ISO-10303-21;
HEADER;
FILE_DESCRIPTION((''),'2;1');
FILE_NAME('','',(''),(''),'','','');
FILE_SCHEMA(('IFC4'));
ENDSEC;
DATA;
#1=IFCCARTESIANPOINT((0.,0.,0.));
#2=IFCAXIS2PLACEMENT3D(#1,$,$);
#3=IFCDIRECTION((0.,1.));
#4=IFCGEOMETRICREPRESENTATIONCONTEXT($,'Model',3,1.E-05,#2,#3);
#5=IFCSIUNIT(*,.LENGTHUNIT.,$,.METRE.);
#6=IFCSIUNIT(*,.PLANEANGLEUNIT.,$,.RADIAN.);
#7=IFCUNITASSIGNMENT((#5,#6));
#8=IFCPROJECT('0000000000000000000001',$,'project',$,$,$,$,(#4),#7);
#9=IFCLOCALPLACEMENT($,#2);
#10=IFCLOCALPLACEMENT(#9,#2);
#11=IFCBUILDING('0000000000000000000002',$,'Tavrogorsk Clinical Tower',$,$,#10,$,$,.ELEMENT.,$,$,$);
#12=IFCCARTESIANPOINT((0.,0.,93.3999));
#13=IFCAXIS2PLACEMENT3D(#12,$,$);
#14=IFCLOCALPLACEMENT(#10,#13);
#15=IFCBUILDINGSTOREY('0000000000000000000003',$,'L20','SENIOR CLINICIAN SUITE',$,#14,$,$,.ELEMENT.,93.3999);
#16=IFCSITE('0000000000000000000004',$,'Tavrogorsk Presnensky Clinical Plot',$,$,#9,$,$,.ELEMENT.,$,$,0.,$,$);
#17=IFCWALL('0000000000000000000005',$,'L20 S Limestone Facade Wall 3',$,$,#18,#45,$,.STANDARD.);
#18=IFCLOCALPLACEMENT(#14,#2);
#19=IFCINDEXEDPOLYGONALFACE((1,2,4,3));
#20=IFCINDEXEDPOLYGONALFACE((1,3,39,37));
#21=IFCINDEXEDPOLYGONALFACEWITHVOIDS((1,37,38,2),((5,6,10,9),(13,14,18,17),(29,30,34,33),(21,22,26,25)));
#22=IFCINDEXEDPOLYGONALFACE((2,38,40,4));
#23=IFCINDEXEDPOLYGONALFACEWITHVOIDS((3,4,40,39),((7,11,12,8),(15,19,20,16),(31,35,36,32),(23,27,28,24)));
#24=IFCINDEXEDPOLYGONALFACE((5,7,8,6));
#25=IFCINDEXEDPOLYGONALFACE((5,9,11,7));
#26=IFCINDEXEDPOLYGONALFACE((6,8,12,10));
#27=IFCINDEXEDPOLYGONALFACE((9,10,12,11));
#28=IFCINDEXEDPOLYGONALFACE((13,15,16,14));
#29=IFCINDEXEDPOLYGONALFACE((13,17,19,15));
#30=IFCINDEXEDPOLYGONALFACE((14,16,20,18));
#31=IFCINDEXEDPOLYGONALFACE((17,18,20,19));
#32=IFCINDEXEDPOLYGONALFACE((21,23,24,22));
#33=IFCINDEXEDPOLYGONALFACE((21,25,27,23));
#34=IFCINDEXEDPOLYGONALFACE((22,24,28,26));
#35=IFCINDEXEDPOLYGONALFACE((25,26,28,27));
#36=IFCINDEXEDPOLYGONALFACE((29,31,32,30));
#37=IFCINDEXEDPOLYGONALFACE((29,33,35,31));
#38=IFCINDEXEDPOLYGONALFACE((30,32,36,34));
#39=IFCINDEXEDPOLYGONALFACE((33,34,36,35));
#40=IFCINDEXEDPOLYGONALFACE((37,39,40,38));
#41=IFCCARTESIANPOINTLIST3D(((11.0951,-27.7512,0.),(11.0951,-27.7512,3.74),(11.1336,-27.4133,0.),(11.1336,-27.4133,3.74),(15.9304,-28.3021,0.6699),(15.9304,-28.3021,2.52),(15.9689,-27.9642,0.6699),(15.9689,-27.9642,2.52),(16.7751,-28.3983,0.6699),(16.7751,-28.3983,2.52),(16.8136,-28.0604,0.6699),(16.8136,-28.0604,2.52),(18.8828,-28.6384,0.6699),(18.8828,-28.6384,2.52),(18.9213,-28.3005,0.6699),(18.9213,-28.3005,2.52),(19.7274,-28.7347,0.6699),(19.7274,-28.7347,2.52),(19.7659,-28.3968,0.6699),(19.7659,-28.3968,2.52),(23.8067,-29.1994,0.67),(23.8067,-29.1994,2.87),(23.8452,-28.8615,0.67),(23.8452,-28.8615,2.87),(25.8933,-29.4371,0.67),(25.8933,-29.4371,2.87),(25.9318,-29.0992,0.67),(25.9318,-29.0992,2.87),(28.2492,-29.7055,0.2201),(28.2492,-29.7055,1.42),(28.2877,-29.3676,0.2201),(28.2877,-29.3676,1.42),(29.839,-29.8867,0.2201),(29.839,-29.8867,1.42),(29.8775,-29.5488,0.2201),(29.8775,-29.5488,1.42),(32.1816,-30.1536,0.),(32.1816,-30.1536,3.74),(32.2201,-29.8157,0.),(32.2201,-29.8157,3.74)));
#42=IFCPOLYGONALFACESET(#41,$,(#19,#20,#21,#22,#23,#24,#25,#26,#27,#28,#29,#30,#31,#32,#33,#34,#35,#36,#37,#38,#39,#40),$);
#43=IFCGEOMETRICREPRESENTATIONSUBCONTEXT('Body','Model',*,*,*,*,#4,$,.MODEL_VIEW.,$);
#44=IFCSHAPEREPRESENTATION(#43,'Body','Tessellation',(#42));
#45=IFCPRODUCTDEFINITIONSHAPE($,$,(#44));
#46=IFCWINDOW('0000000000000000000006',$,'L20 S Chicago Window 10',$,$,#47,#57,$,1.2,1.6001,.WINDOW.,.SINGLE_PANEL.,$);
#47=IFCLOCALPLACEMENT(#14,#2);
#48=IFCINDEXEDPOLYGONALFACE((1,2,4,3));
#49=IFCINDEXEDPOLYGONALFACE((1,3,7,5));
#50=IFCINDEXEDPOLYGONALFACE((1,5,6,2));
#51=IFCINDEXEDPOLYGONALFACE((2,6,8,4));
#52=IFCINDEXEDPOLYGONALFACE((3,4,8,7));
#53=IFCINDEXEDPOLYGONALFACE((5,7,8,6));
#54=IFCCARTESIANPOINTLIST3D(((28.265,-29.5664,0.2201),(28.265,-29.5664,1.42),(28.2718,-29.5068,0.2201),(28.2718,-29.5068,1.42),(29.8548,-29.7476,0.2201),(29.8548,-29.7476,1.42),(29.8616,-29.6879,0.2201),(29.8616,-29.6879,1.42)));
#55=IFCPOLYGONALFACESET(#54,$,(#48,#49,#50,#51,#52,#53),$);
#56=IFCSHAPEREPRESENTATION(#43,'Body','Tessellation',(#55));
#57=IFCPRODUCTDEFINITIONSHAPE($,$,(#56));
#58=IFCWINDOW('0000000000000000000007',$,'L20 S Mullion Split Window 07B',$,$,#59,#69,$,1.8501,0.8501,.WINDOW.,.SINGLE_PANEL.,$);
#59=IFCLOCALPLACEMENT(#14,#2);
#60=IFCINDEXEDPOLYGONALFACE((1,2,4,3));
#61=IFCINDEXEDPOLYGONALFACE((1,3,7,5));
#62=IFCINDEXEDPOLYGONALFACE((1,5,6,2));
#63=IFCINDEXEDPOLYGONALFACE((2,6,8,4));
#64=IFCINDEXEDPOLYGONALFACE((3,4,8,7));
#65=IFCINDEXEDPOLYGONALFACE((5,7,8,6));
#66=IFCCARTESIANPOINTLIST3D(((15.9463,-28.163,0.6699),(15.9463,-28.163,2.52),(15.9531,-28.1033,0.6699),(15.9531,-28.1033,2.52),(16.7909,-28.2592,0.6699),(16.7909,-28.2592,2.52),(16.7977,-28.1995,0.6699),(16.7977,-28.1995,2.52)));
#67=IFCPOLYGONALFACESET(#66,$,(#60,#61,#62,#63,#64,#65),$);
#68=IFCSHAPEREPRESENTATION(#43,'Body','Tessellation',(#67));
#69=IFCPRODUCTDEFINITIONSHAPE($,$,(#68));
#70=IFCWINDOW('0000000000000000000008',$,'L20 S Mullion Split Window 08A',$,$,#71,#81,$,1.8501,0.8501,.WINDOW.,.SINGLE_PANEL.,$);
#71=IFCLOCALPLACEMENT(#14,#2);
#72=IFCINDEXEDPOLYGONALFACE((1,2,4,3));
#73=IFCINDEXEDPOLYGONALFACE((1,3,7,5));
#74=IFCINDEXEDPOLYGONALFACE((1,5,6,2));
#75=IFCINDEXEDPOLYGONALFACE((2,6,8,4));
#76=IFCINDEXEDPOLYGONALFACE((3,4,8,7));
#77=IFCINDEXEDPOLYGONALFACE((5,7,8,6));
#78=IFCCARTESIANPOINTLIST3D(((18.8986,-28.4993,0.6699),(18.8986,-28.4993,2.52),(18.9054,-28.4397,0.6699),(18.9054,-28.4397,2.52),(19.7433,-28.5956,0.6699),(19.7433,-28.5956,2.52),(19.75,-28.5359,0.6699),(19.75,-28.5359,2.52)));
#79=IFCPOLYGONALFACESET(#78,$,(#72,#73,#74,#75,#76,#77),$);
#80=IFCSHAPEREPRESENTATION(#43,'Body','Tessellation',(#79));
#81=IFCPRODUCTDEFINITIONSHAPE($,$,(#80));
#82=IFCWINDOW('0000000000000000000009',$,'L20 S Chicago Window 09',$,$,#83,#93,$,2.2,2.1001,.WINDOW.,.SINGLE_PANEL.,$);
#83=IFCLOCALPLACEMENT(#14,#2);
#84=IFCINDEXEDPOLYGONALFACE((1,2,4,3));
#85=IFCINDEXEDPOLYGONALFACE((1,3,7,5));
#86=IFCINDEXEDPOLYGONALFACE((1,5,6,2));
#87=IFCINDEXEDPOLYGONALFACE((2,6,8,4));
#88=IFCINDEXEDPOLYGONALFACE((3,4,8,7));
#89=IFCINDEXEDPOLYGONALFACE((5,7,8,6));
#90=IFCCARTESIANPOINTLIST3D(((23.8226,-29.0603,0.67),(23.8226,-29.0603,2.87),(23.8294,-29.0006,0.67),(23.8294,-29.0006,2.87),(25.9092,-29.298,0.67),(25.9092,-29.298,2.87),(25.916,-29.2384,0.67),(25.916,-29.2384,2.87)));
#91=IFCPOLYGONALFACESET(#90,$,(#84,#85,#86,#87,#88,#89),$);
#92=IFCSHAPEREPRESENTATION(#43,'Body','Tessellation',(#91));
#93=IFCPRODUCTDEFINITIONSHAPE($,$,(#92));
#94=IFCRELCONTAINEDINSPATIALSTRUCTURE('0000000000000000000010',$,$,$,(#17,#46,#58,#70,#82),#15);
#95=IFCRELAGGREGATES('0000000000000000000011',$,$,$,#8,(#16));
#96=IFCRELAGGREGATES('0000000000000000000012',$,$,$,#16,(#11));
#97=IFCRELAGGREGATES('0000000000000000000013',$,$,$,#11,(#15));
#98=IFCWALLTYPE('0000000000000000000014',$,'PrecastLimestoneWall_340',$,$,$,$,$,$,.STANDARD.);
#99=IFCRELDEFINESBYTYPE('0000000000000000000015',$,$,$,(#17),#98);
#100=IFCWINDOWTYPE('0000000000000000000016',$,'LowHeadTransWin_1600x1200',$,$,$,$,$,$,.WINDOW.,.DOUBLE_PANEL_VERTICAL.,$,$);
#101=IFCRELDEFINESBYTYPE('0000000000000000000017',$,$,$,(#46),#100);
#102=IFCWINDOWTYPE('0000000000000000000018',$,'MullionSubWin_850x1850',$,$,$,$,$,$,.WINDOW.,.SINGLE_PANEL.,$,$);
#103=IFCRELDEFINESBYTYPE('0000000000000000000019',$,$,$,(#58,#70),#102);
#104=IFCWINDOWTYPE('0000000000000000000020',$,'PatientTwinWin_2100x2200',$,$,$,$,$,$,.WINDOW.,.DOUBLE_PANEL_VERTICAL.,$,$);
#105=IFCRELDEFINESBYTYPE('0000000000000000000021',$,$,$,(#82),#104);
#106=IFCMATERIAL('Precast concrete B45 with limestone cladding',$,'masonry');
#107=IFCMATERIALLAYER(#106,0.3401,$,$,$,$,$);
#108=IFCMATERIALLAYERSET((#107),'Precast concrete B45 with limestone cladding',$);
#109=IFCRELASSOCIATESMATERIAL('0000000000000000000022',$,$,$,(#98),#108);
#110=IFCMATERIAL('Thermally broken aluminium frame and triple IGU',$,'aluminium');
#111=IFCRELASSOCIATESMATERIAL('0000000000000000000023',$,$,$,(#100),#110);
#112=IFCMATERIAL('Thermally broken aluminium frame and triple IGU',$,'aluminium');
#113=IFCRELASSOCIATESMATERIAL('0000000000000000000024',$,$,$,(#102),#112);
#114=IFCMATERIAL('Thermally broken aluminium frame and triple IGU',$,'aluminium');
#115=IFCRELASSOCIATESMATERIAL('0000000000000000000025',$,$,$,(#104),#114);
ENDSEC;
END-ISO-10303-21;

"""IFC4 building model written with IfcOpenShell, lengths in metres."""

from ifc_helpers import new_model, si_unit, direction, frame, frame_2d, origin, place, context, subcontext, project, spatial, rectangle, extrude, material, layer, layer_set, type_object, element, fill, save


model = new_model("IFC4")

# Units and contexts
model_context = context("Model", 3, precision=1e-05, world=origin(), true_north=direction((0.0, 1.0)))
body_context = subcontext(model_context, "Body", "Model", "MODEL_VIEW")
ifc_project = project(units=[si_unit("LENGTHUNIT", "METRE"), si_unit("PLANEANGLEUNIT", "RADIAN")], contexts=[model_context])

# Site, building, storey
site_placement = place(None, origin())
site = spatial("IfcSite", under=ifc_project, at=site_placement, Name="Tavrogorsk Presnensky Clinical Plot", CompositionType="ELEMENT", RefElevation=0.0)
building_placement = place(site_placement, origin())
building = spatial("IfcBuilding", under=site, at=building_placement, Name="Tavrogorsk Clinical Tower", CompositionType="ELEMENT")
storey_placement = place(building_placement, frame((0.0, 0.0, 93.3999)))
storey = spatial("IfcBuildingStorey", under=building, at=storey_placement, Name="L20", Description="SENIOR CLINICIAN SUITE", CompositionType="ELEMENT", Elevation=93.3999)

# Wall, openings, windows
ifc_material_1 = material(Name="Precast concrete B45 with limestone cladding", Category="masonry")
ifc_layer_1 = layer(ifc_material_1, 0.3401)
ifc_layer_set_1 = layer_set([ifc_layer_1], Name="Precast concrete B45 with limestone cladding")
wall_type_1 = type_object("IfcWallType", Name="PrecastLimestoneWall_340", PredefinedType="STANDARD", material=ifc_layer_set_1)
wall_1_placement = place(storey_placement, frame((11.1145, -27.5823, 0.0), z_axis=(0.0, 0.0, 1.0), x_axis=(0.993573, -0.113196, 0.0)))
wall_1 = element("IfcWall", 1, at=wall_1_placement, inside=storey, type_object=wall_type_1, Name="L20 S Limestone Facade Wall 3", PredefinedType="STANDARD", context=body_context, shape_type="SweptSolid", body=[
    extrude(rectangle(XDim=21.2229, YDim=0.3401, at=frame_2d((10.6113, 0.0))), origin(), (0.0, 0.0, 1.0), 3.74),
])
opening_1_placement = place(wall_1_placement, frame((4.8665, 0.0, 0.6699)))
opening_1 = element("IfcOpeningElement", 2, at=opening_1_placement, cuts=wall_1, PredefinedType="OPENING", context=body_context, shape_type="SweptSolid", body=[
    extrude(rectangle(XDim=0.8501, YDim=1.8501, at=frame_2d((0.425, 0.925))), frame((0.0, 0.1799, 0.0), z_axis=(0.0, -1.0, 0.0), x_axis=(1.0, 0.0, 0.0)), (0.0, 0.0, 1.0), 0.3601),
])
opening_2_placement = place(wall_1_placement, frame((7.8379, 0.0, 0.6699)))
opening_2 = element("IfcOpeningElement", 3, at=opening_2_placement, cuts=wall_1, PredefinedType="OPENING", context=body_context, shape_type="SweptSolid", body=[
    extrude(rectangle(XDim=0.8501, YDim=1.8501, at=frame_2d((0.425, 0.925))), frame((0.0, 0.1799, 0.0), z_axis=(0.0, -1.0, 0.0), x_axis=(1.0, 0.0, 0.0)), (0.0, 0.0, 1.0), 0.3601),
])
opening_3_placement = place(wall_1_placement, frame((12.7937, 0.0, 0.6699)))
opening_3 = element("IfcOpeningElement", 4, at=opening_3_placement, cuts=wall_1, PredefinedType="OPENING", context=body_context, shape_type="SweptSolid", body=[
    extrude(rectangle(XDim=2.1001, YDim=2.2, at=frame_2d((1.05, 1.1001))), frame((0.0, 0.1799, 0.0), z_axis=(0.0, -1.0, 0.0), x_axis=(1.0, 0.0, 0.0)), (0.0, 0.0, 1.0), 0.3601),
])
opening_4_placement = place(wall_1_placement, frame((17.2649, 0.0, 0.22)))
opening_4 = element("IfcOpeningElement", 5, at=opening_4_placement, cuts=wall_1, PredefinedType="OPENING", context=body_context, shape_type="SweptSolid", body=[
    extrude(rectangle(XDim=1.6001, YDim=1.2, at=frame_2d((0.8, 0.6001))), frame((0.0, 0.1799, 0.0), z_axis=(0.0, -1.0, 0.0), x_axis=(1.0, 0.0, 0.0)), (0.0, 0.0, 1.0), 0.3601),
])
ifc_material_2 = material(Name="Thermally broken aluminium frame and triple IGU", Category="aluminium")
window_type_1 = type_object("IfcWindowType", Name="LowHeadTransWin_1600x1200", PartitioningType="DOUBLE_PANEL_VERTICAL", PredefinedType="WINDOW", material=ifc_material_2)
window_1_placement = place(opening_4_placement, origin())
window_1 = element("IfcWindow", 6, at=window_1_placement, inside=storey, type_object=window_type_1, Name="L20 S Chicago Window 10", OverallHeight=1.2, OverallWidth=1.6001, PartitioningType="SINGLE_PANEL", PredefinedType="WINDOW", context=body_context, shape_type="SweptSolid", body=[
    extrude(rectangle(XDim=1.6001, YDim=1.2, at=frame_2d((0.8, 0.6001))), frame((0.0, 0.03, 0.0), z_axis=(0.0, -1.0, 0.0), x_axis=(1.0, 0.0, 0.0)), (0.0, 0.0, 1.0), 0.0601),
])
fill(opening_4, window_1)
ifc_material_3 = material(Name="Thermally broken aluminium frame and triple IGU", Category="aluminium")
window_type_2 = type_object("IfcWindowType", Name="MullionSubWin_850x1850", PartitioningType="SINGLE_PANEL", PredefinedType="WINDOW", material=ifc_material_3)
window_2_placement = place(opening_1_placement, origin())
window_2 = element("IfcWindow", 7, at=window_2_placement, inside=storey, type_object=window_type_2, Name="L20 S Mullion Split Window 07B", OverallHeight=1.8501, OverallWidth=0.8501, PartitioningType="SINGLE_PANEL", PredefinedType="WINDOW", context=body_context, shape_type="SweptSolid", body=[
    extrude(rectangle(XDim=0.8501, YDim=1.8501, at=frame_2d((0.425, 0.925))), frame((0.0, 0.03, 0.0), z_axis=(0.0, -1.0, 0.0), x_axis=(1.0, 0.0, 0.0)), (0.0, 0.0, 1.0), 0.0601),
])
fill(opening_1, window_2)
window_3_placement = place(opening_2_placement, origin())
window_3 = element("IfcWindow", 8, at=window_3_placement, inside=storey, type_object=window_type_2, Name="L20 S Mullion Split Window 08A", OverallHeight=1.8501, OverallWidth=0.8501, PartitioningType="SINGLE_PANEL", PredefinedType="WINDOW", context=body_context, shape_type="SweptSolid", body=[
    extrude(rectangle(XDim=0.8501, YDim=1.8501, at=frame_2d((0.425, 0.925))), frame((0.0, 0.03, 0.0), z_axis=(0.0, -1.0, 0.0), x_axis=(1.0, 0.0, 0.0)), (0.0, 0.0, 1.0), 0.0601),
])
fill(opening_2, window_3)
ifc_material_4 = material(Name="Thermally broken aluminium frame and triple IGU", Category="aluminium")
window_type_3 = type_object("IfcWindowType", Name="PatientTwinWin_2100x2200", PartitioningType="DOUBLE_PANEL_VERTICAL", PredefinedType="WINDOW", material=ifc_material_4)
window_4_placement = place(opening_3_placement, origin())
window_4 = element("IfcWindow", 9, at=window_4_placement, inside=storey, type_object=window_type_3, Name="L20 S Chicago Window 09", OverallHeight=2.2, OverallWidth=2.1001, PartitioningType="SINGLE_PANEL", PredefinedType="WINDOW", context=body_context, shape_type="SweptSolid", body=[
    extrude(rectangle(XDim=2.1001, YDim=2.2, at=frame_2d((1.05, 1.1001))), frame((0.0, 0.03, 0.0), z_axis=(0.0, -1.0, 0.0), x_axis=(1.0, 0.0, 0.0)), (0.0, 0.0, 1.0), 0.0601),
])
fill(opening_3, window_4)

save(model, "model.ifc")
